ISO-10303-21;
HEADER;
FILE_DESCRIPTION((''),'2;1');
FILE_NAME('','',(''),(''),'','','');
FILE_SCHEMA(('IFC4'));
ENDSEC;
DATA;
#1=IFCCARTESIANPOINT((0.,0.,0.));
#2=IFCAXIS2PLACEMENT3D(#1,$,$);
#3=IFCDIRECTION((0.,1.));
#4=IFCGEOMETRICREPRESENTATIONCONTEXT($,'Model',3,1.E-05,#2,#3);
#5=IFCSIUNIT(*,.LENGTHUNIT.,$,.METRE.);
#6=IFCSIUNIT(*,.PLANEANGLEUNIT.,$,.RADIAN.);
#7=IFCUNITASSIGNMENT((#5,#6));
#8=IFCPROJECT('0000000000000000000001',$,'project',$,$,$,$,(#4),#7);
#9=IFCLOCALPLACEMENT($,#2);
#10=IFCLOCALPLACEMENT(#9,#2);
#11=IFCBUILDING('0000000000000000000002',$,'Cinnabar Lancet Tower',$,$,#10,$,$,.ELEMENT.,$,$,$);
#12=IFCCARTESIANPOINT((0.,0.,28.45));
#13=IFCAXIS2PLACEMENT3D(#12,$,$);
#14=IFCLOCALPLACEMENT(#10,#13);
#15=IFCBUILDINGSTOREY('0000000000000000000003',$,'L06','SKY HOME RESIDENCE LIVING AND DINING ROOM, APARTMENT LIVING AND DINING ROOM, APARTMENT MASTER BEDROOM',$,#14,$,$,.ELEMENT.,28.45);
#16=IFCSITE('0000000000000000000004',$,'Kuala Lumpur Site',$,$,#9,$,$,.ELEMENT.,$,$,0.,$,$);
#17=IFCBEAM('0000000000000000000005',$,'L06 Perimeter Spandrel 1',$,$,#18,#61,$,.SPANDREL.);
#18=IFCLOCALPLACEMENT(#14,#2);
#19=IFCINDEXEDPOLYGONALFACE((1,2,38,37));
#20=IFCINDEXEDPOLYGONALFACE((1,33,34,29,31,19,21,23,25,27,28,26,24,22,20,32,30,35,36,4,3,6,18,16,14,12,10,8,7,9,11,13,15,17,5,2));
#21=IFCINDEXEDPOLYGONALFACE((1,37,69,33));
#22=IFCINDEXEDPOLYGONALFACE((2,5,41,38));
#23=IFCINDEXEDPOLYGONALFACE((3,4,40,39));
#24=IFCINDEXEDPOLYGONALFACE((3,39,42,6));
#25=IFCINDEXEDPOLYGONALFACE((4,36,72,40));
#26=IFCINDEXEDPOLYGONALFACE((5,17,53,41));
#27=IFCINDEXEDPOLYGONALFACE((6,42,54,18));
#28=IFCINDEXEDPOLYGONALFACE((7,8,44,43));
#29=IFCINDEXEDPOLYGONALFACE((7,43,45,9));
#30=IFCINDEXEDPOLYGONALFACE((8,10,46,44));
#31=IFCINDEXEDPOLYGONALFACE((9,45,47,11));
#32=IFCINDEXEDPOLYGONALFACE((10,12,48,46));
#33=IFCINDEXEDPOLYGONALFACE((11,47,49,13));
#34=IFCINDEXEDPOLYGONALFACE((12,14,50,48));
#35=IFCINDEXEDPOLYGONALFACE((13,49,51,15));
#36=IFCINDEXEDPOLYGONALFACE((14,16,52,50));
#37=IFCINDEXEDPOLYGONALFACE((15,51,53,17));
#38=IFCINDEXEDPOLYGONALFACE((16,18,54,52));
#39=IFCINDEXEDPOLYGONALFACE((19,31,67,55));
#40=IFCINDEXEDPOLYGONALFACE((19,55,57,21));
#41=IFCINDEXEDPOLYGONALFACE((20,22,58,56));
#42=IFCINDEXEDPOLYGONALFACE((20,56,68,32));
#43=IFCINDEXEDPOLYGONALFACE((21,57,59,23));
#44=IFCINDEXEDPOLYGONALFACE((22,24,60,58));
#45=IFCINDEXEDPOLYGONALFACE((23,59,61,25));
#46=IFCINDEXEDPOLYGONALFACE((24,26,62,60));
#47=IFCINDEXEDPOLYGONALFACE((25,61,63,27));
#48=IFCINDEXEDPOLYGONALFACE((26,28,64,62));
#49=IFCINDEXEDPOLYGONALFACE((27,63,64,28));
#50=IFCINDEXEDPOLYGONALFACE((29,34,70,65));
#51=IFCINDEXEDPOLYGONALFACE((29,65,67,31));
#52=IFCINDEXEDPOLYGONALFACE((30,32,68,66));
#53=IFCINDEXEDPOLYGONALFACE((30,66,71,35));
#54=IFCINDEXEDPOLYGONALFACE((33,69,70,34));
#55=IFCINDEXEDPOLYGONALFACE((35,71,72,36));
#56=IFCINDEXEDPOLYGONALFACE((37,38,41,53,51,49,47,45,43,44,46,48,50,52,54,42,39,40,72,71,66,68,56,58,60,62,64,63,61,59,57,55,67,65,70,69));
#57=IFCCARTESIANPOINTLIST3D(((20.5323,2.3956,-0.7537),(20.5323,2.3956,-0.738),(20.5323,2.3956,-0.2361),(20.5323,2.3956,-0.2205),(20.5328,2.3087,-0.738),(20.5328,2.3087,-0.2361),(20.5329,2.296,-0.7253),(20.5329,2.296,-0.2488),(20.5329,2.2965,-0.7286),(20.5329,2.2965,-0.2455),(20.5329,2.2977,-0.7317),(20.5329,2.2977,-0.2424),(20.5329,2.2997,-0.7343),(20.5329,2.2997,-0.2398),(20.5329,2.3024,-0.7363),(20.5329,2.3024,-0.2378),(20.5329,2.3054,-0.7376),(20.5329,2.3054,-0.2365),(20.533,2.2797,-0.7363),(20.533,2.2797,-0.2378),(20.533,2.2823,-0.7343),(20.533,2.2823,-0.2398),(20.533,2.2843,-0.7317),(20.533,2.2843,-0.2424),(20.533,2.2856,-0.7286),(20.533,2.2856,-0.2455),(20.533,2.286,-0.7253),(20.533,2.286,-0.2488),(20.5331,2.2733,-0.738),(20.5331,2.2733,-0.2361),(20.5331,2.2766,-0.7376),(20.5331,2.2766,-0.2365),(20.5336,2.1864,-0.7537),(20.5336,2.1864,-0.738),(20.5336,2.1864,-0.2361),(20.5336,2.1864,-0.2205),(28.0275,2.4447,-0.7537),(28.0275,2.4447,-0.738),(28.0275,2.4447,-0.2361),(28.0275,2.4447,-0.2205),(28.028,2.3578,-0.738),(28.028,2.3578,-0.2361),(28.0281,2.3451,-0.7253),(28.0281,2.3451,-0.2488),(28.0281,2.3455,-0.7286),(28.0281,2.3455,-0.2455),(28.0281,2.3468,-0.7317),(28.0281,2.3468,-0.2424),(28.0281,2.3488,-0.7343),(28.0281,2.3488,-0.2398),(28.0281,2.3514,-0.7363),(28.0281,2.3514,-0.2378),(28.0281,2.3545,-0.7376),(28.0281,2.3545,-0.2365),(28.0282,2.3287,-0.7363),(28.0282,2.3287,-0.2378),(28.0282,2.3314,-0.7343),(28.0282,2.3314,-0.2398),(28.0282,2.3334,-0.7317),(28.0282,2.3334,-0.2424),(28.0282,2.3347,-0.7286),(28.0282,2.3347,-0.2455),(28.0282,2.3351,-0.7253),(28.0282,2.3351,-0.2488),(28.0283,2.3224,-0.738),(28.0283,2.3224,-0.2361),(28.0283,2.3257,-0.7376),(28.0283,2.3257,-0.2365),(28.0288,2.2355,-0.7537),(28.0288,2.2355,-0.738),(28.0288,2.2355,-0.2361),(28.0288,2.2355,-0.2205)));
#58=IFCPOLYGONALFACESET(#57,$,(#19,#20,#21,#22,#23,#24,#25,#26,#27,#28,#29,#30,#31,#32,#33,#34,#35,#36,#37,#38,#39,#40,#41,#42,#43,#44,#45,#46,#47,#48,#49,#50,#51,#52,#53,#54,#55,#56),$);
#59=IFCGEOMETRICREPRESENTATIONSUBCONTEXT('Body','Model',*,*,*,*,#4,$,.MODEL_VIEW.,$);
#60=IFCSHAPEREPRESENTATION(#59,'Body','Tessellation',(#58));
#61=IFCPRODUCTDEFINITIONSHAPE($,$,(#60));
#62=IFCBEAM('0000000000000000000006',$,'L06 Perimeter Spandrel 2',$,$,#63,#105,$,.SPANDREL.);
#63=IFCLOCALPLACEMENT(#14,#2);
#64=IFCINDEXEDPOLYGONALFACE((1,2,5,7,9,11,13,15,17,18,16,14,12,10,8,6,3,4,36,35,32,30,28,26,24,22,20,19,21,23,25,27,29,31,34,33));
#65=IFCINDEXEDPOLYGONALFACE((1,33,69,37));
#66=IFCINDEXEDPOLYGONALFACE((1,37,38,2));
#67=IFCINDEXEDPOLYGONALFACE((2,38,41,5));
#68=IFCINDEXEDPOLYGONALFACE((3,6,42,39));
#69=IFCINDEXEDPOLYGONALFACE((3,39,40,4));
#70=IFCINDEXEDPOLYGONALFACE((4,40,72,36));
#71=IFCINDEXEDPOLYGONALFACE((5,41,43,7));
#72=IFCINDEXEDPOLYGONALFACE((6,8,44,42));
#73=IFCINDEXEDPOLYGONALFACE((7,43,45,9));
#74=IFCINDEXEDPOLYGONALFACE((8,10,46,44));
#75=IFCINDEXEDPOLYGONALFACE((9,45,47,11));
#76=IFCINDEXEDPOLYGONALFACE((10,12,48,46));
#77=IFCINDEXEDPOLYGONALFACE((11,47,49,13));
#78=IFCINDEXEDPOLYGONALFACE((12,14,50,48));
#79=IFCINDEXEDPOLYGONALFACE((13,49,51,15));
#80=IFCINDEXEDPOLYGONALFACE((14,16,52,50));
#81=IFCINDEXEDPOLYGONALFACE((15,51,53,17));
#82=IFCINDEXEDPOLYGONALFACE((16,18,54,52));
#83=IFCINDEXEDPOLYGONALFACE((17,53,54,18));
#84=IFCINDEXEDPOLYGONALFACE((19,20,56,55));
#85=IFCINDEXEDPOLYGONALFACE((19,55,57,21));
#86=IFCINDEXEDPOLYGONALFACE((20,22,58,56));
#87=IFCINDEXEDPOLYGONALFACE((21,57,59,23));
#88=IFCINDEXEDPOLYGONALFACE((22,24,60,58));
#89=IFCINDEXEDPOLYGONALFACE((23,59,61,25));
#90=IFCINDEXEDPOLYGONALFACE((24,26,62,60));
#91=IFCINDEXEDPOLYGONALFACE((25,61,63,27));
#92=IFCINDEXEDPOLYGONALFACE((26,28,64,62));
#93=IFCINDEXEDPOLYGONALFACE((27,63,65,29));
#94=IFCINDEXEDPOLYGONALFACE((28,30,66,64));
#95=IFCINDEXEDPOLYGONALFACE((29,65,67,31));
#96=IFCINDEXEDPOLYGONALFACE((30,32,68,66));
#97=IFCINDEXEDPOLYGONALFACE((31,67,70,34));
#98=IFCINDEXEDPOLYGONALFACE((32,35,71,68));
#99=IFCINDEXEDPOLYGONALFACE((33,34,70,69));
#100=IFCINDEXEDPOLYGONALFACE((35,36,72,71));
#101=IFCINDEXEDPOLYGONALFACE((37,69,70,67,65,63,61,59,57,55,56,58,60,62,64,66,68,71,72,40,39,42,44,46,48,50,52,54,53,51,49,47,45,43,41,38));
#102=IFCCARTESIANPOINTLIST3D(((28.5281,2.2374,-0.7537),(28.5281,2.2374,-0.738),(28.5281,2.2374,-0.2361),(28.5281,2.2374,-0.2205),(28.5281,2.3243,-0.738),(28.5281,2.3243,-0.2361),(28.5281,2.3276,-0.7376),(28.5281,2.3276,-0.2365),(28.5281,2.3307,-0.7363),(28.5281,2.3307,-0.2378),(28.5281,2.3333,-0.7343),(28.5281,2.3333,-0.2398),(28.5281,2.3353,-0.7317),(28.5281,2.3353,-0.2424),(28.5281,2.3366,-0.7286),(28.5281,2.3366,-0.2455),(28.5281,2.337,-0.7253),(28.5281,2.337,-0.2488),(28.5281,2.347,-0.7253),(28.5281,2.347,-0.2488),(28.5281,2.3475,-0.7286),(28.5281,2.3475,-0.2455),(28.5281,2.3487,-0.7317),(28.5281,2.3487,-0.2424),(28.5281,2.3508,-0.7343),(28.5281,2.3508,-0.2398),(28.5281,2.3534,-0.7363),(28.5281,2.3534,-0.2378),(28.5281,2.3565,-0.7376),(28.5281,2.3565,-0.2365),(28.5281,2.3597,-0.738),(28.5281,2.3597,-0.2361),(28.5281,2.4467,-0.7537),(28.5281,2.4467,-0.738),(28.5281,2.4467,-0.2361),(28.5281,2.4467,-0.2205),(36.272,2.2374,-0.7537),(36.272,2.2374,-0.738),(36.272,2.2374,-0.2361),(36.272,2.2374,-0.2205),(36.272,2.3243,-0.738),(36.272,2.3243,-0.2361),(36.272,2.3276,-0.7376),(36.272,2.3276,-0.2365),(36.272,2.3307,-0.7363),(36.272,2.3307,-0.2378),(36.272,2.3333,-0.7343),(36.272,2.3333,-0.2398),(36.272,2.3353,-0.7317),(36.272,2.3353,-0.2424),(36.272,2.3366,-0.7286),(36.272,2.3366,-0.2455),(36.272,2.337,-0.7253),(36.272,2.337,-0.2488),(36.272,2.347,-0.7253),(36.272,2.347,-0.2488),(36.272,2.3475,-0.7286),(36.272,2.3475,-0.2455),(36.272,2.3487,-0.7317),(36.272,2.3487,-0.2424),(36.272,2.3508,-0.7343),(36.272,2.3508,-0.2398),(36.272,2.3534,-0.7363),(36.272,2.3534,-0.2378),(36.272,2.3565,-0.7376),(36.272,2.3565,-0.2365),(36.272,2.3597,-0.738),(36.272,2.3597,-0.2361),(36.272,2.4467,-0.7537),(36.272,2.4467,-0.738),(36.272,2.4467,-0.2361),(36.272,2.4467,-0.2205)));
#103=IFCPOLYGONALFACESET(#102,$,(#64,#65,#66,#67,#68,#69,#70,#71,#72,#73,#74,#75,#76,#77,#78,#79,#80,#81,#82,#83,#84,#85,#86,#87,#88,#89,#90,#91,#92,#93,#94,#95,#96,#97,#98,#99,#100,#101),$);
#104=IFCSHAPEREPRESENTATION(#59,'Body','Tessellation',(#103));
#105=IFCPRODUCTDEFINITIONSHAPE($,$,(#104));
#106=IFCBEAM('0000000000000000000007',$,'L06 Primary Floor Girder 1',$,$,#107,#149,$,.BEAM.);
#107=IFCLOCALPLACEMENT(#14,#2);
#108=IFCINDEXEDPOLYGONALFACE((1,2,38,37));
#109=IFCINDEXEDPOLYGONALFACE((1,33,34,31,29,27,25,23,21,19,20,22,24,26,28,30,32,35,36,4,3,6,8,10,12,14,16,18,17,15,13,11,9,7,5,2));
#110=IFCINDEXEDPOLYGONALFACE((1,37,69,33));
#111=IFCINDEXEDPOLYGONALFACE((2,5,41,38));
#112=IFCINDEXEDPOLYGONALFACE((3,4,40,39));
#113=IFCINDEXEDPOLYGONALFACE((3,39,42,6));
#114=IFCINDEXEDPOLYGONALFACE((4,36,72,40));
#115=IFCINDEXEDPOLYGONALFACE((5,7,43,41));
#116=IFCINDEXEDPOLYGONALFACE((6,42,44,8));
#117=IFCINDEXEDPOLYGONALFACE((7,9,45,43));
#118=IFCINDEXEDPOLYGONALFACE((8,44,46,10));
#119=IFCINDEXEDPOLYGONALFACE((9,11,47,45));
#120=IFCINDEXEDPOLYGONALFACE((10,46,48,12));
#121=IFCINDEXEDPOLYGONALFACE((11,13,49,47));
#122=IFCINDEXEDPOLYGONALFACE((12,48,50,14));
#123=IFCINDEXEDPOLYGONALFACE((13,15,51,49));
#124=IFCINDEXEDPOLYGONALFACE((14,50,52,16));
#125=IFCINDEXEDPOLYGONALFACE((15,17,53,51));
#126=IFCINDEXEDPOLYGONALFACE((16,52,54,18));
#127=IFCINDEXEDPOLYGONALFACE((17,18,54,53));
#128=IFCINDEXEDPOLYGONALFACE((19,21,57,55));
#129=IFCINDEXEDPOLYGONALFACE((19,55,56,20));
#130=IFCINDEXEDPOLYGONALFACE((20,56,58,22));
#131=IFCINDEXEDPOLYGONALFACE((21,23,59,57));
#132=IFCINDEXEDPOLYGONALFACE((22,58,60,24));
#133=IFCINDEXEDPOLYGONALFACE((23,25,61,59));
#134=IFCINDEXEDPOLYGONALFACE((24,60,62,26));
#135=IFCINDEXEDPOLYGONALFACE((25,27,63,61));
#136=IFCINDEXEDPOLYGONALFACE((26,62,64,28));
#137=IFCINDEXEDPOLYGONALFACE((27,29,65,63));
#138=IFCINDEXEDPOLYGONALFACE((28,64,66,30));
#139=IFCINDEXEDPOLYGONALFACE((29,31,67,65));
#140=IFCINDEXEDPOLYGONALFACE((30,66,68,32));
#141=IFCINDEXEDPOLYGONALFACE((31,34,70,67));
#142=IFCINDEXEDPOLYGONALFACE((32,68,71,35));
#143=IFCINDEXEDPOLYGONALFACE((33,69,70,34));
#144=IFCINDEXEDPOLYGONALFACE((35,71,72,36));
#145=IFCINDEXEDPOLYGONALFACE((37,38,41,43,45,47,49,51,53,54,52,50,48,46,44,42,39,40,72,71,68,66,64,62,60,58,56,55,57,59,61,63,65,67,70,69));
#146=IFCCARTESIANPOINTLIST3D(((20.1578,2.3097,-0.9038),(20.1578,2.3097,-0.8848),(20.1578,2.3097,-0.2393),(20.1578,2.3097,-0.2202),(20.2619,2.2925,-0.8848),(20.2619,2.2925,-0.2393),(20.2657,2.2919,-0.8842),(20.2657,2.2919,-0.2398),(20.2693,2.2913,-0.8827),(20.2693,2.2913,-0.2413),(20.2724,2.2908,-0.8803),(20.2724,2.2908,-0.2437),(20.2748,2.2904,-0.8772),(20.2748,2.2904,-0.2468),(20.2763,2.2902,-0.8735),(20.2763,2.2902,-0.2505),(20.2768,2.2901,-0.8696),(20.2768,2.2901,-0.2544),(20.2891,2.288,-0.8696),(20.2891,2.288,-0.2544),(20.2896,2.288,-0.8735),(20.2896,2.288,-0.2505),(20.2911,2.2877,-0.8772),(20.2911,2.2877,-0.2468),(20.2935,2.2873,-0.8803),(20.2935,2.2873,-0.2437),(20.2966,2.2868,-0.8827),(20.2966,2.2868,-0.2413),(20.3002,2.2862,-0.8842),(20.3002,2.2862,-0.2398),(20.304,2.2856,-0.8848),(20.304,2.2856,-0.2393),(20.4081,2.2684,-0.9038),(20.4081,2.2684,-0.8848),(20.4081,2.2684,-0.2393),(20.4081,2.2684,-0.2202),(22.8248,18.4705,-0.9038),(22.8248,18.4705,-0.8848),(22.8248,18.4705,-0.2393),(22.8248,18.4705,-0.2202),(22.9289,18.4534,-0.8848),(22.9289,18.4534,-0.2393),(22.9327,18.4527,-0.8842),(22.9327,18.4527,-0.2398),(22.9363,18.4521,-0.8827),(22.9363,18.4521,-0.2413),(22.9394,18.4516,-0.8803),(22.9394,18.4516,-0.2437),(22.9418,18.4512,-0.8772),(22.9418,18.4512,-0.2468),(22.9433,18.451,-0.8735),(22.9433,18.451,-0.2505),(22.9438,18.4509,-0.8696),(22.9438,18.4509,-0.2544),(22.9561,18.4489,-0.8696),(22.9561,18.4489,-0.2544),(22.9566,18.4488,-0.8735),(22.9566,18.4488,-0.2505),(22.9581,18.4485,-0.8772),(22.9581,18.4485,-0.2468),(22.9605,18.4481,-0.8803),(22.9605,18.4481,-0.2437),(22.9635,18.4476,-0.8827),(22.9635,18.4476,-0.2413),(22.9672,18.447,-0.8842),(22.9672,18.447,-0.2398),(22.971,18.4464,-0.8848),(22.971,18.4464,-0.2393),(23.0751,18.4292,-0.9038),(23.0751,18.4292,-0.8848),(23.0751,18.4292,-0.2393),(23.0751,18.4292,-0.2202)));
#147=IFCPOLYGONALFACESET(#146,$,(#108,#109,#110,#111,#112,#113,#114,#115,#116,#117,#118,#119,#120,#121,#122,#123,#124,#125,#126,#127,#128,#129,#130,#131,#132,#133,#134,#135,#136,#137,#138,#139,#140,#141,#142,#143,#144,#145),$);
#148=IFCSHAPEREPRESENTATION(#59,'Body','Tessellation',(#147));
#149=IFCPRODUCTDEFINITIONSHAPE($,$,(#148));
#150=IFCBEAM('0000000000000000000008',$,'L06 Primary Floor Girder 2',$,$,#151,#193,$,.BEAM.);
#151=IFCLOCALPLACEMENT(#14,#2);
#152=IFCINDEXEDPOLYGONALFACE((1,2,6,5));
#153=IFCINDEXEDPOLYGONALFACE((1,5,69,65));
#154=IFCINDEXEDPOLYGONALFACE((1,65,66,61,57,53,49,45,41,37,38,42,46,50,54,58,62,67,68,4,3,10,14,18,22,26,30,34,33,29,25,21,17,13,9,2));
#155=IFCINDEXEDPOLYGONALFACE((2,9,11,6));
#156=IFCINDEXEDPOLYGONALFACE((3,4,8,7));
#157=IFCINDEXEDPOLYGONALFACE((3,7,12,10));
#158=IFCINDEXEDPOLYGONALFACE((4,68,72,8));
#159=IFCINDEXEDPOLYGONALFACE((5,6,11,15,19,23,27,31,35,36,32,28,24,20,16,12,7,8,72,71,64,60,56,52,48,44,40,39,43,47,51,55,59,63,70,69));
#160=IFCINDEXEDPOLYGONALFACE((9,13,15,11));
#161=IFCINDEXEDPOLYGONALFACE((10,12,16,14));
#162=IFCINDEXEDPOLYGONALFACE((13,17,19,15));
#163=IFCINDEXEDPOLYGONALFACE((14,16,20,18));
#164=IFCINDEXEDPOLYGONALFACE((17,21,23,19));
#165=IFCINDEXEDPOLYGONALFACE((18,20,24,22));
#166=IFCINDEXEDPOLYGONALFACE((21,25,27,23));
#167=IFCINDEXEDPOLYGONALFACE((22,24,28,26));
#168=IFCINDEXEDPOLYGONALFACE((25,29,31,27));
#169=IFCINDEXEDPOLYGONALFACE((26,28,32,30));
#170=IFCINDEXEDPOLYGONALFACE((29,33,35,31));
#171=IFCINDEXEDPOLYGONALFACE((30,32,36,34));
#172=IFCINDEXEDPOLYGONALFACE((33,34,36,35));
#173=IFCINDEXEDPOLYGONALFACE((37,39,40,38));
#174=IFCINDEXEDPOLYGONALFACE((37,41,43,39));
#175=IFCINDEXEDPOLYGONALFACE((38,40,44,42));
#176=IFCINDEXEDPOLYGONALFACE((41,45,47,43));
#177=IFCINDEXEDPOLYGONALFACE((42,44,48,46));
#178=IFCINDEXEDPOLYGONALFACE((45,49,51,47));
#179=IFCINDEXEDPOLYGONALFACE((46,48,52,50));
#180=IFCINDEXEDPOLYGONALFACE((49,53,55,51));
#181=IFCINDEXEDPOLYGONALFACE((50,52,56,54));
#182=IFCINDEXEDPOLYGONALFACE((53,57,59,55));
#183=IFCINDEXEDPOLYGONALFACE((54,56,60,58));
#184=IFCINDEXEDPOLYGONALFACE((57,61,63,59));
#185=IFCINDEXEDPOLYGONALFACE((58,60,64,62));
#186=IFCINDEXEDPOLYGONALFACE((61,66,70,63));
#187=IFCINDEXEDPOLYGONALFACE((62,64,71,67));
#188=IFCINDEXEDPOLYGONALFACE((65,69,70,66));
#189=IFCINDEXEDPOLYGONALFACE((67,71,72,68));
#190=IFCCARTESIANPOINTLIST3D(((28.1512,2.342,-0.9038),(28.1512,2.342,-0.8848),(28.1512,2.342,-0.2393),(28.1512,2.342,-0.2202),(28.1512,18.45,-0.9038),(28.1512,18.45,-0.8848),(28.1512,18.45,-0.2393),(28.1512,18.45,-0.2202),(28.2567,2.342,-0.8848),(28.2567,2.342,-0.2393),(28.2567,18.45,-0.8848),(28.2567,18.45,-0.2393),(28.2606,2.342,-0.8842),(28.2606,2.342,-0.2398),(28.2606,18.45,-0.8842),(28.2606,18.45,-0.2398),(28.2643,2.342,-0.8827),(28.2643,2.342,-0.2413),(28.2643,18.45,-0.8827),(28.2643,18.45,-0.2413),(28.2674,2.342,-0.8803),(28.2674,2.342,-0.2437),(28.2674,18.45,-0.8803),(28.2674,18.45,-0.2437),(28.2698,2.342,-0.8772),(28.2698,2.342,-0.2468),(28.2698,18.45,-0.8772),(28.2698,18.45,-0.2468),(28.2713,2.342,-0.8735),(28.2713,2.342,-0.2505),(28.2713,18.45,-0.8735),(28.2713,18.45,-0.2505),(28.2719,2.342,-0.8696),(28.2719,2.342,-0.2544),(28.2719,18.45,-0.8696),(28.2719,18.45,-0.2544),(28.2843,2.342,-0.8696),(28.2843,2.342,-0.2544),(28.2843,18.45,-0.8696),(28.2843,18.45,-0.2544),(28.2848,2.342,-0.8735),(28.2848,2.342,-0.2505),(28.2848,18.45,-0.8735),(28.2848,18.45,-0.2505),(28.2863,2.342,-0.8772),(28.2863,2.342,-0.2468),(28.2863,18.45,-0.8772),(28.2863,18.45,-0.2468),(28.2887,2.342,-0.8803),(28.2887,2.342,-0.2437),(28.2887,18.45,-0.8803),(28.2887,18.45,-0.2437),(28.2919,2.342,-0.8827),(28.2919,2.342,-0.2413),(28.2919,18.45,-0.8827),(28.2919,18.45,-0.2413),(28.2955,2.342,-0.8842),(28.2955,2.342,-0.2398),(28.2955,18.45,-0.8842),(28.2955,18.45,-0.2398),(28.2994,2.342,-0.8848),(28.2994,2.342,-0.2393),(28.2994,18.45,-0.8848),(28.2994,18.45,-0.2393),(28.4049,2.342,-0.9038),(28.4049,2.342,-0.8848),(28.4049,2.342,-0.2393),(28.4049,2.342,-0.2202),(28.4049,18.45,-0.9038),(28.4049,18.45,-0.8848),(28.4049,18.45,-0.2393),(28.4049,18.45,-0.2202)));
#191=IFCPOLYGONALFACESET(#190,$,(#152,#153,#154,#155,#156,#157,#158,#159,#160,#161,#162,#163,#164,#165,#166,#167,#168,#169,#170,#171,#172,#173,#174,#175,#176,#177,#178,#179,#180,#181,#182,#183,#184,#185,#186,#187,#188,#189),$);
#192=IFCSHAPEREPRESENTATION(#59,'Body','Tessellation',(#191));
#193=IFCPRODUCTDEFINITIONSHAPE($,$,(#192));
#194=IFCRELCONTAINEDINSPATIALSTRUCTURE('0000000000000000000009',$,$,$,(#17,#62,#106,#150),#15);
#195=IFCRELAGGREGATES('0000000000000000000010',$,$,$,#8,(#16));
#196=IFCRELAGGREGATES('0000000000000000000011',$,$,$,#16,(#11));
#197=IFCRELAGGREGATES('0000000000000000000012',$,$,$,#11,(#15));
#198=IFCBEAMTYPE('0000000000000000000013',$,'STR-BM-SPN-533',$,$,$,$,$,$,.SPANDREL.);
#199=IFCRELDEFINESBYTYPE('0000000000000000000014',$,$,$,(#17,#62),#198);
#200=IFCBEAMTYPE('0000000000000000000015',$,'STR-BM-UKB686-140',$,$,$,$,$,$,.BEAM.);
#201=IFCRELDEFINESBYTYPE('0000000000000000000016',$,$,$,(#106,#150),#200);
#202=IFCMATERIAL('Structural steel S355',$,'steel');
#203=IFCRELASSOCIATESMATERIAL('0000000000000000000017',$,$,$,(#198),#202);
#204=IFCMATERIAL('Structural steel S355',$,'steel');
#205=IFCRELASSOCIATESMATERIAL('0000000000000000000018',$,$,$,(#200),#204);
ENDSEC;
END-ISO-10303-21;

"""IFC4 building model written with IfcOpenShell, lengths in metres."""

from ifc_helpers import new_model, si_unit, direction, frame, origin, origin_2d, place, context, subcontext, project, spatial, i_section, extrude, material, material_profile, profile_set, type_object, element, save


model = new_model("IFC4")

# Units and contexts
model_context = context("Model", 3, precision=1e-05, world=origin(), true_north=direction((0.0, 1.0)))
body_context = subcontext(model_context, "Body", "Model", "MODEL_VIEW")
ifc_project = project(units=[si_unit("LENGTHUNIT", "METRE"), si_unit("PLANEANGLEUNIT", "RADIAN")], contexts=[model_context])

# Site, building, storey
site_placement = place(None, origin())
site = spatial("IfcSite", under=ifc_project, at=site_placement, Name="Kuala Lumpur Site", CompositionType="ELEMENT", RefElevation=0.0)
building_placement = place(site_placement, origin())
building = spatial("IfcBuilding", under=site, at=building_placement, Name="Cinnabar Lancet Tower", CompositionType="ELEMENT")
storey_placement = place(building_placement, frame((0.0, 0.0, 28.45)))
storey = spatial("IfcBuildingStorey", under=building, at=storey_placement, Name="L06", Description="SKY HOME RESIDENCE LIVING AND DINING ROOM, APARTMENT LIVING AND DINING ROOM, APARTMENT MASTER BEDROOM", CompositionType="ELEMENT", Elevation=28.45)

# Beams
ifc_material_1 = material(Name="Structural steel S355", Category="steel")
ifc_material_profile_1 = material_profile(ifc_material_1, i_section(OverallWidth=0.2092, OverallDepth=0.5332, WebThickness=0.01, FlangeThickness=0.0156, FilletRadius=0.0127, at=origin_2d()), Name="UKB 533x210x92")
ifc_profile_set_1 = profile_set([ifc_material_profile_1], Name="Structural steel S355")
beam_type_1 = type_object("IfcBeamType", Name="STR-BM-SPN-533", PredefinedType="SPANDREL", material=ifc_profile_set_1)
beam_1_placement = place(storey_placement, frame((20.533, 2.291, -0.4871), z_axis=(0.999979, 0.006547, 0.0), x_axis=(-0.006547, 0.999979, 0.0)))
element("IfcBeam", 1, at=beam_1_placement, inside=storey, type_object=beam_type_1, Name="L06 Perimeter Spandrel 1", PredefinedType="SPANDREL", context=body_context, shape_type="SweptSolid", body=[
    extrude(i_section(OverallWidth=0.2092, OverallDepth=0.5332, WebThickness=0.01, FlangeThickness=0.0156, FilletRadius=0.0127, at=origin_2d()), origin(), (0.0, 0.0, 1.0), 7.4954),
])
beam_2_placement = place(storey_placement, frame((28.5281, 2.342, -0.4871), z_axis=(1.0, 0.0, 0.0), x_axis=(0.0, 1.0, 0.0)))
element("IfcBeam", 2, at=beam_2_placement, inside=storey, type_object=beam_type_1, Name="L06 Perimeter Spandrel 2", PredefinedType="SPANDREL", context=body_context, shape_type="SweptSolid", body=[
    extrude(i_section(OverallWidth=0.2092, OverallDepth=0.5332, WebThickness=0.01, FlangeThickness=0.0156, FilletRadius=0.0127, at=origin_2d()), origin(), (0.0, 0.0, 1.0), 7.7439),
])
ifc_material_2 = material(Name="Structural steel S355", Category="steel")
ifc_material_profile_2 = material_profile(ifc_material_2, i_section(OverallWidth=0.2537, OverallDepth=0.6836, WebThickness=0.0125, FlangeThickness=0.019, FilletRadius=0.0151, at=origin_2d()), Name="UKB 686x254x140")
ifc_profile_set_2 = profile_set([ifc_material_profile_2], Name="Structural steel S355")
beam_type_2 = type_object("IfcBeamType", Name="STR-BM-UKB686-140", PredefinedType="BEAM", material=ifc_profile_set_2)
beam_3_placement = place(storey_placement, frame((20.283, 2.2891, -0.562), z_axis=(0.162825, 0.986655, 0.0), x_axis=(-0.986655, 0.162825, 0.0)))
element("IfcBeam", 3, at=beam_3_placement, inside=storey, type_object=beam_type_2, Name="L06 Primary Floor Girder 1", PredefinedType="BEAM", context=body_context, shape_type="SweptSolid", body=[
    extrude(i_section(OverallWidth=0.2537, OverallDepth=0.6836, WebThickness=0.0125, FlangeThickness=0.019, FilletRadius=0.0151, at=origin_2d()), origin(), (0.0, 0.0, 1.0), 16.3794),
])
beam_4_placement = place(storey_placement, frame((28.2781, 2.342, -0.562), z_axis=(0.0, 1.0, 0.0), x_axis=(-1.0, 0.0, 0.0)))
element("IfcBeam", 4, at=beam_4_placement, inside=storey, type_object=beam_type_2, Name="L06 Primary Floor Girder 2", PredefinedType="BEAM", context=body_context, shape_type="SweptSolid", body=[
    extrude(i_section(OverallWidth=0.2537, OverallDepth=0.6836, WebThickness=0.0125, FlangeThickness=0.019, FilletRadius=0.0151, at=origin_2d()), origin(), (0.0, 0.0, 1.0), 16.1079),
])

save(model, "model.ifc")
